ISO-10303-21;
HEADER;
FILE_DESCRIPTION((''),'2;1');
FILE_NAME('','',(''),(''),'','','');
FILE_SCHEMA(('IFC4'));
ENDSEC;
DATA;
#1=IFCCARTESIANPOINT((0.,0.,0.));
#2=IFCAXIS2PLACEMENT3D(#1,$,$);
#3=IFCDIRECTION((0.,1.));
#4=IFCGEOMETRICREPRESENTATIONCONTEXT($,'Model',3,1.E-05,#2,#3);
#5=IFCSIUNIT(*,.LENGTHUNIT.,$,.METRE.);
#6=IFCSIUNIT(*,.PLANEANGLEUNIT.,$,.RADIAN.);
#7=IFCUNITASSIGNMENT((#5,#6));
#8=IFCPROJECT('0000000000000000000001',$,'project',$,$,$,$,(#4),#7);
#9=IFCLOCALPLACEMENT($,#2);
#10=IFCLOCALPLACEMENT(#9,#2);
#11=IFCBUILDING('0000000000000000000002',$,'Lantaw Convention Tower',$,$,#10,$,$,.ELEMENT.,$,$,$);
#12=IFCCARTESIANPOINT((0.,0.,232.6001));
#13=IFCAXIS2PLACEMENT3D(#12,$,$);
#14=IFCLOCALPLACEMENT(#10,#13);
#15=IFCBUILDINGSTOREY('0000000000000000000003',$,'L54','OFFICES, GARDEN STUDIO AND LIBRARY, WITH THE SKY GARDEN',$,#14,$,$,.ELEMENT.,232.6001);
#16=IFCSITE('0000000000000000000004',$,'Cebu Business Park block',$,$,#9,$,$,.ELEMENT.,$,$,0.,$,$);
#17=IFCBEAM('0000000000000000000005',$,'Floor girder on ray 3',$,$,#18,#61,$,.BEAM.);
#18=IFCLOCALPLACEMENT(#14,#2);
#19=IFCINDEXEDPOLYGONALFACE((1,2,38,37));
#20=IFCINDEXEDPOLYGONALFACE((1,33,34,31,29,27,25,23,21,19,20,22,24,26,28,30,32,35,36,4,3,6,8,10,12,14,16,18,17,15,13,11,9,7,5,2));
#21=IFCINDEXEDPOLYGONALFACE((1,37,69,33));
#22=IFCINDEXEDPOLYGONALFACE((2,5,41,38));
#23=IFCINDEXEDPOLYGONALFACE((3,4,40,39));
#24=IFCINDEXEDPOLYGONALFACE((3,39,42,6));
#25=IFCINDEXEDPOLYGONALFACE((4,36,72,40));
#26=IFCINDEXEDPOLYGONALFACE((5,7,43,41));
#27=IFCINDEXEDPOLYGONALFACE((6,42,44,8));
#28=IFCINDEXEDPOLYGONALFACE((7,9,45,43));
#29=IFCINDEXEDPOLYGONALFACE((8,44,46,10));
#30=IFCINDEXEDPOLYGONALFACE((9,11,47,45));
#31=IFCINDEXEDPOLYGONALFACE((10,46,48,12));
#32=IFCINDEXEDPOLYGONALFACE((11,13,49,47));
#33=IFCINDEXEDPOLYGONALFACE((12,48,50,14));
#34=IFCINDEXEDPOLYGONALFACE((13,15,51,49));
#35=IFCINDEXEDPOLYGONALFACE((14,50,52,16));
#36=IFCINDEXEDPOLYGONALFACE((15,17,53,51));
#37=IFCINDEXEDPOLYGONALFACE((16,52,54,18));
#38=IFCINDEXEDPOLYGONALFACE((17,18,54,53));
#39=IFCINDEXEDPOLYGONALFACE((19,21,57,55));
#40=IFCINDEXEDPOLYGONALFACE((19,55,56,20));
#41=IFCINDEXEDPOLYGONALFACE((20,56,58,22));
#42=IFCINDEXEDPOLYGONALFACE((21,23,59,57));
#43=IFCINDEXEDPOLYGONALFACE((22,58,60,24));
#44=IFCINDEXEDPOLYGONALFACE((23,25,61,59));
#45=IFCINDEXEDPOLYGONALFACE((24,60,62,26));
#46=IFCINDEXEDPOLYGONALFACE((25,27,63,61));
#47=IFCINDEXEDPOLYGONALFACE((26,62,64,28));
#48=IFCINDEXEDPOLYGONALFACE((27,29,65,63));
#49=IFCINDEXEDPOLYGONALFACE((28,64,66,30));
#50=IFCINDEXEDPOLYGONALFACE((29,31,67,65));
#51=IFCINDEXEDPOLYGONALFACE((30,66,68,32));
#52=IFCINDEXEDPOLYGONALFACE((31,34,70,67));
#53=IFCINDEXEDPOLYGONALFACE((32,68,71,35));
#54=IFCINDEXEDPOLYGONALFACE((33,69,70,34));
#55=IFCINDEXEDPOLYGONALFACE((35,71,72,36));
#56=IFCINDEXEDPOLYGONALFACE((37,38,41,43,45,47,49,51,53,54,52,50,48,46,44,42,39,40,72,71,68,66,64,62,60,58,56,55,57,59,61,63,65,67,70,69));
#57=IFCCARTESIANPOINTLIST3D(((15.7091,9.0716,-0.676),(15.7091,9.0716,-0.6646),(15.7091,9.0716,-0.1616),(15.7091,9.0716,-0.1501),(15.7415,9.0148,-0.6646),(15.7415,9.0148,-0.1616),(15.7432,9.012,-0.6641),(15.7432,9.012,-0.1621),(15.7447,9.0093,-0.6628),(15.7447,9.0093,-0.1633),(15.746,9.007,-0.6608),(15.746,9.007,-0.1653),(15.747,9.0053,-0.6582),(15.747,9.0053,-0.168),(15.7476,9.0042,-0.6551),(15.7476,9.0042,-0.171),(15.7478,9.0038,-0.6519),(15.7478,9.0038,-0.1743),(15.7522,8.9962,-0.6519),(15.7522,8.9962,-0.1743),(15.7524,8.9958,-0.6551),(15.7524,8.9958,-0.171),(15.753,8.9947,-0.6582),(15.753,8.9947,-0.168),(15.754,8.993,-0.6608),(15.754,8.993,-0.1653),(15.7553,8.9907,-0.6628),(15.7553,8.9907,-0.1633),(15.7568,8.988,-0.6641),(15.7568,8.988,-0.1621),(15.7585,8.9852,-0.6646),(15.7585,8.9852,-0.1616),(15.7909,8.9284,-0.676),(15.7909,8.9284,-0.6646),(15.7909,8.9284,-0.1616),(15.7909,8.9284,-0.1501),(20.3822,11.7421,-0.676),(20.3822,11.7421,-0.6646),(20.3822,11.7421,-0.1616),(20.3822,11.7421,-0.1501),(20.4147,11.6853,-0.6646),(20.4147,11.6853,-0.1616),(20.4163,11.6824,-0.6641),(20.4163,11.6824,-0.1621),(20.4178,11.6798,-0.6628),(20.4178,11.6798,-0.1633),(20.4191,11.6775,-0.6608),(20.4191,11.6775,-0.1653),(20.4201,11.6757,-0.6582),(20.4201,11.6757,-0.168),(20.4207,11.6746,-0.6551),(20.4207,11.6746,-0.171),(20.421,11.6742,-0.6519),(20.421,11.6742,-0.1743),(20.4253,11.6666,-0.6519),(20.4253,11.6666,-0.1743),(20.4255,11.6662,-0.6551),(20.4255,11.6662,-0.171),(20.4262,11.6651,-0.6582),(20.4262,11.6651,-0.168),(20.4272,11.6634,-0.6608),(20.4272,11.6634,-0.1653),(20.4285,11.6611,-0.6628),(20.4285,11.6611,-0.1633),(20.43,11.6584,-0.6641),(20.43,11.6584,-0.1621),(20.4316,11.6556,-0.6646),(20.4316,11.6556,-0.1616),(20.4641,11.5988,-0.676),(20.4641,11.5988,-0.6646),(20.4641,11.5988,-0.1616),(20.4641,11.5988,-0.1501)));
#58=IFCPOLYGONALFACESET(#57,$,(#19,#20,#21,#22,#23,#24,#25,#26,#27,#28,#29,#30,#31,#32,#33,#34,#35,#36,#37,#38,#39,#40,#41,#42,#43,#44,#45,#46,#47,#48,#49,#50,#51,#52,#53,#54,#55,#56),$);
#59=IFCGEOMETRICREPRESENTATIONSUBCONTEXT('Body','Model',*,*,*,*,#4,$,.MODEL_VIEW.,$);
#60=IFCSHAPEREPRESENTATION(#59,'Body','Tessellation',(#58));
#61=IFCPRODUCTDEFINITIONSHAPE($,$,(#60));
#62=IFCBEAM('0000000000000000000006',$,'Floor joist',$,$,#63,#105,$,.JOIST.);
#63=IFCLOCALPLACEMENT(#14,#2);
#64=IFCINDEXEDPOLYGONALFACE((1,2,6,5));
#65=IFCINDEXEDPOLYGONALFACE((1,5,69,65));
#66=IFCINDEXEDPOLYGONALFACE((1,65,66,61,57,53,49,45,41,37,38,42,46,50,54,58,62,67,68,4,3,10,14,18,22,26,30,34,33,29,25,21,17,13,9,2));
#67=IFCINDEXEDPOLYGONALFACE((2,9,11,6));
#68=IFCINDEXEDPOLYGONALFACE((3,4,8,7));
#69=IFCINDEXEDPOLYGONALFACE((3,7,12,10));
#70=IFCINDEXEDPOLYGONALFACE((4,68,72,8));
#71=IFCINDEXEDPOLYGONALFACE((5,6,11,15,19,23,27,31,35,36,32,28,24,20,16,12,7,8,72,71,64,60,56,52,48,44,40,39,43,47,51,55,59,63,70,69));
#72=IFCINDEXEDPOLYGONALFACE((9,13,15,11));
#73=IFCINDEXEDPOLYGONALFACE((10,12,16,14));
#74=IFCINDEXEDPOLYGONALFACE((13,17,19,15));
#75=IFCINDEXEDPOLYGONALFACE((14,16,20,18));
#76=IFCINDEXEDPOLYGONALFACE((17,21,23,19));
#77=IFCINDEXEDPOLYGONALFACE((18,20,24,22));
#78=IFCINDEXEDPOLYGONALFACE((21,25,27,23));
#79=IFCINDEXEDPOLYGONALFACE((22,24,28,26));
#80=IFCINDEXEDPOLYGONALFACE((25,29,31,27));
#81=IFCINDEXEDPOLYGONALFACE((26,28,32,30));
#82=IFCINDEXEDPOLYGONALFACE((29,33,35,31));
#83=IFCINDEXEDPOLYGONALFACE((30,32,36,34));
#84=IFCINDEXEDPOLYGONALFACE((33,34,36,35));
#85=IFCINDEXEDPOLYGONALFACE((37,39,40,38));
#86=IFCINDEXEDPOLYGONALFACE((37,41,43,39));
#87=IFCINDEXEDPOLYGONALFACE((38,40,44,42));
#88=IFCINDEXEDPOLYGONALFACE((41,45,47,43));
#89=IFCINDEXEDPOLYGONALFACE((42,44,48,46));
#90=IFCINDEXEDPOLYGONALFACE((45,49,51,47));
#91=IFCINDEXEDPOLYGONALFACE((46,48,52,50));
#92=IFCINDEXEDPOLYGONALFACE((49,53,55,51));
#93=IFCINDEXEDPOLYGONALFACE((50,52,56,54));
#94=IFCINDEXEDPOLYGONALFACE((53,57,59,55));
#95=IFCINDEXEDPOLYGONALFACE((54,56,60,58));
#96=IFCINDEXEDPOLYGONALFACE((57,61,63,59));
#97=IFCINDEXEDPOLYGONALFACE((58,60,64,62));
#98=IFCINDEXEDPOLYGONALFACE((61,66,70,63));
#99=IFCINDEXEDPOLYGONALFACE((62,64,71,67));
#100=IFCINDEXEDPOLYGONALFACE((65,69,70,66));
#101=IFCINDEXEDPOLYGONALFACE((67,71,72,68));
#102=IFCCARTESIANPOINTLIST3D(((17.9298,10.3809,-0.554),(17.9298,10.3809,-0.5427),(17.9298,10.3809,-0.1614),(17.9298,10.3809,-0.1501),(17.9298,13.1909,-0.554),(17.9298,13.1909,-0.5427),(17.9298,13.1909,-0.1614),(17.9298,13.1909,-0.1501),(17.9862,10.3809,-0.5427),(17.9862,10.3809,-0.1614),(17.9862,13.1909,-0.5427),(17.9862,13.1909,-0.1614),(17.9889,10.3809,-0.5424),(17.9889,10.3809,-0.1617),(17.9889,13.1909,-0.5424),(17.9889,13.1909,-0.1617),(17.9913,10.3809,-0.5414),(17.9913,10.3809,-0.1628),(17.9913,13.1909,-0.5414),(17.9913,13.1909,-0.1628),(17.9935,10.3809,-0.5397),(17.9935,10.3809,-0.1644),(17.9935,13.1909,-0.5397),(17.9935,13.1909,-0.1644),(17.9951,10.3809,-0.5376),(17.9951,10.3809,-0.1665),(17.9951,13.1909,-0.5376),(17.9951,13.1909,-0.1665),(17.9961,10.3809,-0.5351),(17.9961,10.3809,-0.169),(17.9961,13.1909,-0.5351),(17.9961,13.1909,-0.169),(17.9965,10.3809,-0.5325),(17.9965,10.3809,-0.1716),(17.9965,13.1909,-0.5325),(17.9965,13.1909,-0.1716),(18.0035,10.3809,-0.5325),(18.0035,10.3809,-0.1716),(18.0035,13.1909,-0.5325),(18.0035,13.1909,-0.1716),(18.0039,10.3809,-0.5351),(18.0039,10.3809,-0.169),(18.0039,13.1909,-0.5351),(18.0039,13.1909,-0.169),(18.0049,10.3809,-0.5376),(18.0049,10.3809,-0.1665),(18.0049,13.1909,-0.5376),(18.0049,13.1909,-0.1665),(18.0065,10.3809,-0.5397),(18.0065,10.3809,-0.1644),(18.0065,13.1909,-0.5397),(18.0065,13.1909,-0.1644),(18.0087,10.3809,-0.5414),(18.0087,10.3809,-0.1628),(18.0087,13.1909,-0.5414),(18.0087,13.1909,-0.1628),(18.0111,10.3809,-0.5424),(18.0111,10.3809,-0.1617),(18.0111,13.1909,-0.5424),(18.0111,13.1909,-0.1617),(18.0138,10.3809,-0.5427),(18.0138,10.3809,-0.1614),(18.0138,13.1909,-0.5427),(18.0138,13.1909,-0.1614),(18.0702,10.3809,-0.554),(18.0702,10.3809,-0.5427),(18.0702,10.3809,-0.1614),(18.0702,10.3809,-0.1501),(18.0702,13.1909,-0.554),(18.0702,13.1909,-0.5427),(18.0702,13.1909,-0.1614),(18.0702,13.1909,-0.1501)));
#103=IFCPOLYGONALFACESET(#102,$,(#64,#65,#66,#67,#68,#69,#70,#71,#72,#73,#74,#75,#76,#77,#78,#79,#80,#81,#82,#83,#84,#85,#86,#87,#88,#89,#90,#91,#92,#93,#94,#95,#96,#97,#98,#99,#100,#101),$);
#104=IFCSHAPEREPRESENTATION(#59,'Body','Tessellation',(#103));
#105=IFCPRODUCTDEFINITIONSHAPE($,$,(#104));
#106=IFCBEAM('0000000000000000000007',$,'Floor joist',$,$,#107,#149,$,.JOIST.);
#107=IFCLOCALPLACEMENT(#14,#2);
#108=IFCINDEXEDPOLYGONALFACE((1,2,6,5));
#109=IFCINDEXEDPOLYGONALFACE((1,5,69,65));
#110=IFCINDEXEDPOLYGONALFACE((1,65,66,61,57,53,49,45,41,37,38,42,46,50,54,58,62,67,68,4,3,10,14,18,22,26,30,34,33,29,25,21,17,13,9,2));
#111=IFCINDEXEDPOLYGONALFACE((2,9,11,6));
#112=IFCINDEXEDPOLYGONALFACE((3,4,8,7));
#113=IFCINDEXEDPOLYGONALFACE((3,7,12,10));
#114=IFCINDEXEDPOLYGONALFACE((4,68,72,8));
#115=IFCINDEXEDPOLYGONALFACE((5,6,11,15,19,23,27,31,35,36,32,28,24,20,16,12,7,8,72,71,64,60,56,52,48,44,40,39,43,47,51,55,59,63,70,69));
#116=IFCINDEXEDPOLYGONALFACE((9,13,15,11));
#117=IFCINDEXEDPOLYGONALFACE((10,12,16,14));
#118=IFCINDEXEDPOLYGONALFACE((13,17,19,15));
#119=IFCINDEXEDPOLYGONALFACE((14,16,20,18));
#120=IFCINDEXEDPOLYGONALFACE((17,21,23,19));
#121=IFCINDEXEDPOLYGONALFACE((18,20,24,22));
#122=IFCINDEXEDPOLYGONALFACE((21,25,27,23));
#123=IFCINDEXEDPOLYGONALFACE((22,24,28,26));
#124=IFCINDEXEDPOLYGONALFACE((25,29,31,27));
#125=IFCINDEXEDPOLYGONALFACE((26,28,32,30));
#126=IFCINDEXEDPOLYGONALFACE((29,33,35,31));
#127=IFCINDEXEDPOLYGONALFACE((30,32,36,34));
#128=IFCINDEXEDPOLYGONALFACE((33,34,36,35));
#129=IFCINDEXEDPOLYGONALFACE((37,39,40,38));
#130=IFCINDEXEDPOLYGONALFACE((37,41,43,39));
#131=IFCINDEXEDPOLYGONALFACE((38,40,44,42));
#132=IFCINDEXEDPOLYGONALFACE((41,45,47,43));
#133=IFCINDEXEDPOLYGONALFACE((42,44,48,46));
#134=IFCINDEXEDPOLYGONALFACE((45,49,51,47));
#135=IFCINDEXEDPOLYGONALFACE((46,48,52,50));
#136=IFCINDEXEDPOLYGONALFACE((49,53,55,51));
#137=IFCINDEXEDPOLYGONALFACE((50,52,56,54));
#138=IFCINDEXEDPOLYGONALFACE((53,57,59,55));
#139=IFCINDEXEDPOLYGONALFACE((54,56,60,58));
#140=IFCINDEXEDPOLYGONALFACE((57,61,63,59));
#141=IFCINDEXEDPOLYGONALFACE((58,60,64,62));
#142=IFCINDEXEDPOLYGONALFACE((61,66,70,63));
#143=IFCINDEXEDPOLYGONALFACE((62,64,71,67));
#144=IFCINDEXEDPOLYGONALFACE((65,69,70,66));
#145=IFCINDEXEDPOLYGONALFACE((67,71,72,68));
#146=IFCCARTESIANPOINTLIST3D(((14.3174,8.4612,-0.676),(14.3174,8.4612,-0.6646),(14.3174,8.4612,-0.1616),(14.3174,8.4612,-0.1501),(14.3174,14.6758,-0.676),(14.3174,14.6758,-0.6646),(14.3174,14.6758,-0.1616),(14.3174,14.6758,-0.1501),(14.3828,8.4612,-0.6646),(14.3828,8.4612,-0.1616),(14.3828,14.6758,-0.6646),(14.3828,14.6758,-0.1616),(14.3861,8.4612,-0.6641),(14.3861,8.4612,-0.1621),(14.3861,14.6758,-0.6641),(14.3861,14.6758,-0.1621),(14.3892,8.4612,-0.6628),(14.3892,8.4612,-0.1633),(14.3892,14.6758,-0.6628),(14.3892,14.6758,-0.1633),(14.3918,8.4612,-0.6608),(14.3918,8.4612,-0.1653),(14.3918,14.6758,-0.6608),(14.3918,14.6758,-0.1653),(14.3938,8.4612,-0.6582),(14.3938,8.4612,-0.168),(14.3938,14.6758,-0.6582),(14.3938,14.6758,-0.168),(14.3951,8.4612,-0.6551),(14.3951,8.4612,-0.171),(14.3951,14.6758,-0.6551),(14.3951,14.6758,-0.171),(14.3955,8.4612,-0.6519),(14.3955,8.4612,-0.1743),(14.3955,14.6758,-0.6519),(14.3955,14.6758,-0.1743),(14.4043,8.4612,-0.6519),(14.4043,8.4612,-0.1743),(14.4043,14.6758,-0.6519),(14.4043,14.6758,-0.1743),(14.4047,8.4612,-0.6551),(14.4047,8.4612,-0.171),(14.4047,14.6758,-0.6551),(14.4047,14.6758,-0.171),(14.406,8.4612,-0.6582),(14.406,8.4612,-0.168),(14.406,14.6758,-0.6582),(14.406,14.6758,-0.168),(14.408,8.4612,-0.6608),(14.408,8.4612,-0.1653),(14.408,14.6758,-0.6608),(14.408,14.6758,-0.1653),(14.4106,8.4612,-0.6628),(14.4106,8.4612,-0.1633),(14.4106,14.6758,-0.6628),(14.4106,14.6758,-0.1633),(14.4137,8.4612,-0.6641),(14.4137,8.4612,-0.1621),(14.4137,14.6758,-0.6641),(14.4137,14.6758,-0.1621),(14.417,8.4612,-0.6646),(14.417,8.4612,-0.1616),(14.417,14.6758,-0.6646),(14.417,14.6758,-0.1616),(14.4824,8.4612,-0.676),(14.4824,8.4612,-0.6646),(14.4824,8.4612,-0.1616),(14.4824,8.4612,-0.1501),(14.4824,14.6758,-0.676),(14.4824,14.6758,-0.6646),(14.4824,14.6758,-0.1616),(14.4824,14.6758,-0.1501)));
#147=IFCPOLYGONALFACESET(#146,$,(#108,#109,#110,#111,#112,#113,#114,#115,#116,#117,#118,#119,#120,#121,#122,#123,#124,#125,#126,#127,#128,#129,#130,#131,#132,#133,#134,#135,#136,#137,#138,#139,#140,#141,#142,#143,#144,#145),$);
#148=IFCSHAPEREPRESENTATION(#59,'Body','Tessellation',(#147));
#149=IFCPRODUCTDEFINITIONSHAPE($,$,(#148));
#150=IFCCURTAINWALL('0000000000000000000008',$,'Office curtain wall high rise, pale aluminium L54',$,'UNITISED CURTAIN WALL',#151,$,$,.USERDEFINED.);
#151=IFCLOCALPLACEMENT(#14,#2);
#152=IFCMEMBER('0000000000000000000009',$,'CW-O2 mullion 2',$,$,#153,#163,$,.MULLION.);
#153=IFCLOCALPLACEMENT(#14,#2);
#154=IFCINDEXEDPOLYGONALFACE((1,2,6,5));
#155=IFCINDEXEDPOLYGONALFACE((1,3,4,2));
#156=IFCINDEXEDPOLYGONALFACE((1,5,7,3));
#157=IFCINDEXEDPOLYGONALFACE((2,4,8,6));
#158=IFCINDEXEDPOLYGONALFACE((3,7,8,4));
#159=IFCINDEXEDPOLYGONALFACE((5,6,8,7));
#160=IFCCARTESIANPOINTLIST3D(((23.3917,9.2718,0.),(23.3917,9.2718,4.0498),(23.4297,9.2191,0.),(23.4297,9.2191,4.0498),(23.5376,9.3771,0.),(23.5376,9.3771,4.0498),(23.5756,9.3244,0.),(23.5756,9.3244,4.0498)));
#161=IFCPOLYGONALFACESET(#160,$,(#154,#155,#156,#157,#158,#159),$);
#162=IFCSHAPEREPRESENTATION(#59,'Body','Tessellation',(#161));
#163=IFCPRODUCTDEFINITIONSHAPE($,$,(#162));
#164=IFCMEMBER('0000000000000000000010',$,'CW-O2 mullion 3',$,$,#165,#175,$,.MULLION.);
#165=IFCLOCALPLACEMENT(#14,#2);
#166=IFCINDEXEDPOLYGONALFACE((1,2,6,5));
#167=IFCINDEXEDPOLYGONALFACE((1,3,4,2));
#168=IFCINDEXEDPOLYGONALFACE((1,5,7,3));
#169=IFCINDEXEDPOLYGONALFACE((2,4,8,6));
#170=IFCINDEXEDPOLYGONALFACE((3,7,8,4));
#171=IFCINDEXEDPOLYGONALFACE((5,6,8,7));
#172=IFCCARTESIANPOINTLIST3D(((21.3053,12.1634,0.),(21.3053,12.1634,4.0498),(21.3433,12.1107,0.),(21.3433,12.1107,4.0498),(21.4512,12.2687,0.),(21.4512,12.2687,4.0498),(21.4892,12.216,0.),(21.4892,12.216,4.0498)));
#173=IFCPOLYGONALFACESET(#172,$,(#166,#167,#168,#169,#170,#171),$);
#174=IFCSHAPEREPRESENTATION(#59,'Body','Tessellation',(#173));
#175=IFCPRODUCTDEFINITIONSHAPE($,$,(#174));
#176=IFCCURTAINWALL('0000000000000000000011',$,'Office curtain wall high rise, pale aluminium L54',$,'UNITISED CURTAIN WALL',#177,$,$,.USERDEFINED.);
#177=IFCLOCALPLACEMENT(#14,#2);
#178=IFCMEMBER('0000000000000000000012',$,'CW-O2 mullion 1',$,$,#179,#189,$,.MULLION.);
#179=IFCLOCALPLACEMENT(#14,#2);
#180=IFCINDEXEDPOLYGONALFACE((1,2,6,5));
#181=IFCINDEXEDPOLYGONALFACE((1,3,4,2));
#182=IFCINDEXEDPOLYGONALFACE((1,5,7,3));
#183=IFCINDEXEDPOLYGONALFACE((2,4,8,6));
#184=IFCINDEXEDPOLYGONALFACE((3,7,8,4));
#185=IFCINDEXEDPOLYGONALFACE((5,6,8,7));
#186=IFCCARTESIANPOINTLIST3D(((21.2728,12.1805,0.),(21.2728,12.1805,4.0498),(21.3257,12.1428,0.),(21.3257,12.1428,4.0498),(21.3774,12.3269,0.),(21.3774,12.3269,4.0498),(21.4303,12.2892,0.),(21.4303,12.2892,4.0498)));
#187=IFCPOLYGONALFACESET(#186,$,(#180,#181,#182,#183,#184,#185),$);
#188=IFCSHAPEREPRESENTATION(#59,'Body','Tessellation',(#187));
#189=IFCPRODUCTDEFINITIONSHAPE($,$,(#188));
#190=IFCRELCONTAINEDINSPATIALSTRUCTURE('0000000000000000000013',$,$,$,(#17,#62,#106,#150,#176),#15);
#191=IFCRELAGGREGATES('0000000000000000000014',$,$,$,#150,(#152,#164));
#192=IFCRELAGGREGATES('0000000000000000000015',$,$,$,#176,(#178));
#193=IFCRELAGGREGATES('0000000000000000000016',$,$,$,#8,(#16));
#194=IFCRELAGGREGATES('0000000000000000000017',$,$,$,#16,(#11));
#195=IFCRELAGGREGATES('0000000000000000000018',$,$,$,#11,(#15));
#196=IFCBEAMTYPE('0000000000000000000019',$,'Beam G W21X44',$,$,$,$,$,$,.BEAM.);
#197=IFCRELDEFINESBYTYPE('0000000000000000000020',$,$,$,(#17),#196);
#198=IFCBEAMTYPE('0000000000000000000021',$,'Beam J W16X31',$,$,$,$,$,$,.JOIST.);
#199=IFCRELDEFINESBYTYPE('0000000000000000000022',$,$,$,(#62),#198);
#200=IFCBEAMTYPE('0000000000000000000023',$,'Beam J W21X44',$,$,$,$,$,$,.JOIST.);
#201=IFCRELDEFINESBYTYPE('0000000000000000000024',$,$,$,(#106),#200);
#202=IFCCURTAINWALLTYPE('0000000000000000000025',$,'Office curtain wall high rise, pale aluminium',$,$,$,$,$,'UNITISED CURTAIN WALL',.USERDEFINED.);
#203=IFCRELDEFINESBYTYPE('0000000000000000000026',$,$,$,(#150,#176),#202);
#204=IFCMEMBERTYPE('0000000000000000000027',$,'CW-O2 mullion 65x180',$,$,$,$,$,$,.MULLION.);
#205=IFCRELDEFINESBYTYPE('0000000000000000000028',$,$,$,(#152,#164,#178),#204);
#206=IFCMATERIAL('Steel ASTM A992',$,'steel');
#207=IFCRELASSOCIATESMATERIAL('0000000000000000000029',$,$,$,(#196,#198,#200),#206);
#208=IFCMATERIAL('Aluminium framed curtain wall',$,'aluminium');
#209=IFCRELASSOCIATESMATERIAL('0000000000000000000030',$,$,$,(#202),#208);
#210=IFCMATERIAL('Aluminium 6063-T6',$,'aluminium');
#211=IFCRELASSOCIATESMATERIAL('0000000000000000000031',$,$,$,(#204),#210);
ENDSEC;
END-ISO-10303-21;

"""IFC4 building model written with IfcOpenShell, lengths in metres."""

from ifc_helpers import new_model, si_unit, direction, frame, origin, origin_2d, place, context, subcontext, project, spatial, rectangle, i_section, extrude, material, material_profile, profile_set, type_object, element, aggregate, save


model = new_model("IFC4")

# Units and contexts
model_context = context("Model", 3, precision=1e-05, world=origin(), true_north=direction((0.0, 1.0)))
body_context = subcontext(model_context, "Body", "Model", "MODEL_VIEW")
ifc_project = project(units=[si_unit("LENGTHUNIT", "METRE"), si_unit("PLANEANGLEUNIT", "RADIAN")], contexts=[model_context])

# Site, building, storey
site_placement = place(None, origin())
site = spatial("IfcSite", under=ifc_project, at=site_placement, Name="Cebu Business Park block", CompositionType="ELEMENT", RefElevation=0.0)
building_placement = place(site_placement, origin())
building = spatial("IfcBuilding", under=site, at=building_placement, Name="Lantaw Convention Tower", CompositionType="ELEMENT")
storey_placement = place(building_placement, frame((0.0, 0.0, 232.6001)))
storey = spatial("IfcBuildingStorey", under=building, at=storey_placement, Name="L54", Description="OFFICES, GARDEN STUDIO AND LIBRARY, WITH THE SKY GARDEN", CompositionType="ELEMENT", Elevation=232.6001)

# Beams
ifc_material_1 = material(Name="Steel ASTM A992", Category="steel")
ifc_material_profile_1 = material_profile(ifc_material_1, i_section(OverallWidth=0.165, OverallDepth=0.5259, WebThickness=0.0088, FlangeThickness=0.0115, FilletRadius=0.0127, at=origin_2d()), Name="W21X44")
ifc_profile_set_1 = profile_set([ifc_material_profile_1], Name="Steel ASTM A992")
beam_type_1 = type_object("IfcBeamType", Name="Beam G W21X44", PredefinedType="BEAM", material=ifc_profile_set_1)
beam_1_placement = place(storey_placement, frame((15.75, 9.0, -0.4131), z_axis=(0.868238, 0.496149, 0.0), x_axis=(-0.496149, 0.868238, 0.0)))
element("IfcBeam", 1, at=beam_1_placement, inside=storey, type_object=beam_type_1, Name="Floor girder on ray 3", PredefinedType="BEAM", context=body_context, shape_type="SweptSolid", body=[
    extrude(i_section(OverallWidth=0.165, OverallDepth=0.5259, WebThickness=0.0088, FlangeThickness=0.0115, FilletRadius=0.0127, at=origin_2d()), origin(), (0.0, 0.0, 1.0), 5.3823),
])
ifc_material_profile_2 = material_profile(ifc_material_1, i_section(OverallWidth=0.1404, OverallDepth=0.4038, WebThickness=0.0071, FlangeThickness=0.0112, FilletRadius=0.0103, at=origin_2d()), Name="W16X31")
ifc_profile_set_2 = profile_set([ifc_material_profile_2], Name="Steel ASTM A992")
beam_type_2 = type_object("IfcBeamType", Name="Beam J W16X31", PredefinedType="JOIST", material=ifc_profile_set_2)
beam_2_placement = place(storey_placement, frame((18.0, 10.3809, -0.3521), z_axis=(0.0, 1.0, 0.0), x_axis=(-1.0, 0.0, 0.0)))
element("IfcBeam", 2, at=beam_2_placement, inside=storey, type_object=beam_type_2, Name="Floor joist", PredefinedType="JOIST", context=body_context, shape_type="SweptSolid", body=[
    extrude(i_section(OverallWidth=0.1404, OverallDepth=0.4038, WebThickness=0.0071, FlangeThickness=0.0112, FilletRadius=0.0103, at=origin_2d()), origin(), (0.0, 0.0, 1.0), 2.8101),
])
ifc_material_profile_3 = material_profile(ifc_material_1, i_section(OverallWidth=0.165, OverallDepth=0.5259, WebThickness=0.0088, FlangeThickness=0.0115, FilletRadius=0.0127, at=origin_2d()), Name="W21X44")
ifc_profile_set_3 = profile_set([ifc_material_profile_3], Name="Steel ASTM A992")
beam_type_3 = type_object("IfcBeamType", Name="Beam J W21X44", PredefinedType="JOIST", material=ifc_profile_set_3)
beam_3_placement = place(storey_placement, frame((14.3999, 8.4612, -0.4131), z_axis=(0.0, 1.0, 0.0), x_axis=(-1.0, 0.0, 0.0)))
element("IfcBeam", 3, at=beam_3_placement, inside=storey, type_object=beam_type_3, Name="Floor joist", PredefinedType="JOIST", context=body_context, shape_type="SweptSolid", body=[
    extrude(i_section(OverallWidth=0.165, OverallDepth=0.5259, WebThickness=0.0088, FlangeThickness=0.0115, FilletRadius=0.0127, at=origin_2d()), origin(), (0.0, 0.0, 1.0), 6.2146),
])

# Curtain walls, members
ifc_material_2 = material(Name="Aluminium framed curtain wall", Category="aluminium")
curtain_wall_type = type_object("IfcCurtainWallType", Name="Office curtain wall high rise, pale aluminium", ElementType="UNITISED CURTAIN WALL", PredefinedType="USERDEFINED", material=ifc_material_2)
curtain_wall_1_placement = place(storey_placement, origin())
curtain_wall_1 = element("IfcCurtainWall", 4, at=curtain_wall_1_placement, inside=storey, type_object=curtain_wall_type, Name="Office curtain wall high rise, pale aluminium L54", ObjectType="UNITISED CURTAIN WALL", PredefinedType="USERDEFINED")
ifc_material_3 = material(Name="Aluminium 6063-T6", Category="aluminium")
ifc_material_profile_4 = material_profile(ifc_material_3, rectangle(XDim=0.1799, YDim=0.0649, at=origin_2d()), Name="CW-O2 mullion 65x180")
ifc_profile_set_4 = profile_set([ifc_material_profile_4], Name="Aluminium 6063-T6")
member_type_1 = type_object("IfcMemberType", Name="CW-O2 mullion 65x180", PredefinedType="MULLION", material=ifc_profile_set_4)
member_1_placement = place(storey_placement, frame((23.4836, 9.2981, 0.0), z_axis=(0.0, 0.0, 1.0), x_axis=(-0.81092, -0.585158, 0.0)))
member_1 = element("IfcMember", 5, at=member_1_placement, type_object=member_type_1, Name="CW-O2 mullion 2", PredefinedType="MULLION", context=body_context, shape_type="SweptSolid", body=[
    extrude(rectangle(XDim=0.1799, YDim=0.0649, at=origin_2d()), origin(), (0.0, 0.0, 1.0), 4.0498),
])
member_2_placement = place(storey_placement, frame((21.3972, 12.1897, 0.0), z_axis=(0.0, 0.0, 1.0), x_axis=(-0.81092, -0.585158, 0.0)))
member_2 = element("IfcMember", 6, at=member_2_placement, type_object=member_type_1, Name="CW-O2 mullion 3", PredefinedType="MULLION", context=body_context, shape_type="SweptSolid", body=[
    extrude(rectangle(XDim=0.1799, YDim=0.0649, at=origin_2d()), origin(), (0.0, 0.0, 1.0), 4.0498),
])
curtain_wall_2_placement = place(storey_placement, origin())
curtain_wall_2 = element("IfcCurtainWall", 7, at=curtain_wall_2_placement, inside=storey, type_object=curtain_wall_type, Name="Office curtain wall high rise, pale aluminium L54", ObjectType="UNITISED CURTAIN WALL", PredefinedType="USERDEFINED")
member_3_placement = place(storey_placement, frame((21.3516, 12.2349, 0.0), z_axis=(0.0, 0.0, 1.0), x_axis=(-0.581323, -0.813673, 0.0)))
member_3 = element("IfcMember", 8, at=member_3_placement, type_object=member_type_1, Name="CW-O2 mullion 1", PredefinedType="MULLION", context=body_context, shape_type="SweptSolid", body=[
    extrude(rectangle(XDim=0.1799, YDim=0.0649, at=origin_2d()), origin(), (0.0, 0.0, 1.0), 4.0498),
])

aggregate(curtain_wall_1, [member_1, member_2])
aggregate(curtain_wall_2, [member_3])

save(model, "model.ifc")
